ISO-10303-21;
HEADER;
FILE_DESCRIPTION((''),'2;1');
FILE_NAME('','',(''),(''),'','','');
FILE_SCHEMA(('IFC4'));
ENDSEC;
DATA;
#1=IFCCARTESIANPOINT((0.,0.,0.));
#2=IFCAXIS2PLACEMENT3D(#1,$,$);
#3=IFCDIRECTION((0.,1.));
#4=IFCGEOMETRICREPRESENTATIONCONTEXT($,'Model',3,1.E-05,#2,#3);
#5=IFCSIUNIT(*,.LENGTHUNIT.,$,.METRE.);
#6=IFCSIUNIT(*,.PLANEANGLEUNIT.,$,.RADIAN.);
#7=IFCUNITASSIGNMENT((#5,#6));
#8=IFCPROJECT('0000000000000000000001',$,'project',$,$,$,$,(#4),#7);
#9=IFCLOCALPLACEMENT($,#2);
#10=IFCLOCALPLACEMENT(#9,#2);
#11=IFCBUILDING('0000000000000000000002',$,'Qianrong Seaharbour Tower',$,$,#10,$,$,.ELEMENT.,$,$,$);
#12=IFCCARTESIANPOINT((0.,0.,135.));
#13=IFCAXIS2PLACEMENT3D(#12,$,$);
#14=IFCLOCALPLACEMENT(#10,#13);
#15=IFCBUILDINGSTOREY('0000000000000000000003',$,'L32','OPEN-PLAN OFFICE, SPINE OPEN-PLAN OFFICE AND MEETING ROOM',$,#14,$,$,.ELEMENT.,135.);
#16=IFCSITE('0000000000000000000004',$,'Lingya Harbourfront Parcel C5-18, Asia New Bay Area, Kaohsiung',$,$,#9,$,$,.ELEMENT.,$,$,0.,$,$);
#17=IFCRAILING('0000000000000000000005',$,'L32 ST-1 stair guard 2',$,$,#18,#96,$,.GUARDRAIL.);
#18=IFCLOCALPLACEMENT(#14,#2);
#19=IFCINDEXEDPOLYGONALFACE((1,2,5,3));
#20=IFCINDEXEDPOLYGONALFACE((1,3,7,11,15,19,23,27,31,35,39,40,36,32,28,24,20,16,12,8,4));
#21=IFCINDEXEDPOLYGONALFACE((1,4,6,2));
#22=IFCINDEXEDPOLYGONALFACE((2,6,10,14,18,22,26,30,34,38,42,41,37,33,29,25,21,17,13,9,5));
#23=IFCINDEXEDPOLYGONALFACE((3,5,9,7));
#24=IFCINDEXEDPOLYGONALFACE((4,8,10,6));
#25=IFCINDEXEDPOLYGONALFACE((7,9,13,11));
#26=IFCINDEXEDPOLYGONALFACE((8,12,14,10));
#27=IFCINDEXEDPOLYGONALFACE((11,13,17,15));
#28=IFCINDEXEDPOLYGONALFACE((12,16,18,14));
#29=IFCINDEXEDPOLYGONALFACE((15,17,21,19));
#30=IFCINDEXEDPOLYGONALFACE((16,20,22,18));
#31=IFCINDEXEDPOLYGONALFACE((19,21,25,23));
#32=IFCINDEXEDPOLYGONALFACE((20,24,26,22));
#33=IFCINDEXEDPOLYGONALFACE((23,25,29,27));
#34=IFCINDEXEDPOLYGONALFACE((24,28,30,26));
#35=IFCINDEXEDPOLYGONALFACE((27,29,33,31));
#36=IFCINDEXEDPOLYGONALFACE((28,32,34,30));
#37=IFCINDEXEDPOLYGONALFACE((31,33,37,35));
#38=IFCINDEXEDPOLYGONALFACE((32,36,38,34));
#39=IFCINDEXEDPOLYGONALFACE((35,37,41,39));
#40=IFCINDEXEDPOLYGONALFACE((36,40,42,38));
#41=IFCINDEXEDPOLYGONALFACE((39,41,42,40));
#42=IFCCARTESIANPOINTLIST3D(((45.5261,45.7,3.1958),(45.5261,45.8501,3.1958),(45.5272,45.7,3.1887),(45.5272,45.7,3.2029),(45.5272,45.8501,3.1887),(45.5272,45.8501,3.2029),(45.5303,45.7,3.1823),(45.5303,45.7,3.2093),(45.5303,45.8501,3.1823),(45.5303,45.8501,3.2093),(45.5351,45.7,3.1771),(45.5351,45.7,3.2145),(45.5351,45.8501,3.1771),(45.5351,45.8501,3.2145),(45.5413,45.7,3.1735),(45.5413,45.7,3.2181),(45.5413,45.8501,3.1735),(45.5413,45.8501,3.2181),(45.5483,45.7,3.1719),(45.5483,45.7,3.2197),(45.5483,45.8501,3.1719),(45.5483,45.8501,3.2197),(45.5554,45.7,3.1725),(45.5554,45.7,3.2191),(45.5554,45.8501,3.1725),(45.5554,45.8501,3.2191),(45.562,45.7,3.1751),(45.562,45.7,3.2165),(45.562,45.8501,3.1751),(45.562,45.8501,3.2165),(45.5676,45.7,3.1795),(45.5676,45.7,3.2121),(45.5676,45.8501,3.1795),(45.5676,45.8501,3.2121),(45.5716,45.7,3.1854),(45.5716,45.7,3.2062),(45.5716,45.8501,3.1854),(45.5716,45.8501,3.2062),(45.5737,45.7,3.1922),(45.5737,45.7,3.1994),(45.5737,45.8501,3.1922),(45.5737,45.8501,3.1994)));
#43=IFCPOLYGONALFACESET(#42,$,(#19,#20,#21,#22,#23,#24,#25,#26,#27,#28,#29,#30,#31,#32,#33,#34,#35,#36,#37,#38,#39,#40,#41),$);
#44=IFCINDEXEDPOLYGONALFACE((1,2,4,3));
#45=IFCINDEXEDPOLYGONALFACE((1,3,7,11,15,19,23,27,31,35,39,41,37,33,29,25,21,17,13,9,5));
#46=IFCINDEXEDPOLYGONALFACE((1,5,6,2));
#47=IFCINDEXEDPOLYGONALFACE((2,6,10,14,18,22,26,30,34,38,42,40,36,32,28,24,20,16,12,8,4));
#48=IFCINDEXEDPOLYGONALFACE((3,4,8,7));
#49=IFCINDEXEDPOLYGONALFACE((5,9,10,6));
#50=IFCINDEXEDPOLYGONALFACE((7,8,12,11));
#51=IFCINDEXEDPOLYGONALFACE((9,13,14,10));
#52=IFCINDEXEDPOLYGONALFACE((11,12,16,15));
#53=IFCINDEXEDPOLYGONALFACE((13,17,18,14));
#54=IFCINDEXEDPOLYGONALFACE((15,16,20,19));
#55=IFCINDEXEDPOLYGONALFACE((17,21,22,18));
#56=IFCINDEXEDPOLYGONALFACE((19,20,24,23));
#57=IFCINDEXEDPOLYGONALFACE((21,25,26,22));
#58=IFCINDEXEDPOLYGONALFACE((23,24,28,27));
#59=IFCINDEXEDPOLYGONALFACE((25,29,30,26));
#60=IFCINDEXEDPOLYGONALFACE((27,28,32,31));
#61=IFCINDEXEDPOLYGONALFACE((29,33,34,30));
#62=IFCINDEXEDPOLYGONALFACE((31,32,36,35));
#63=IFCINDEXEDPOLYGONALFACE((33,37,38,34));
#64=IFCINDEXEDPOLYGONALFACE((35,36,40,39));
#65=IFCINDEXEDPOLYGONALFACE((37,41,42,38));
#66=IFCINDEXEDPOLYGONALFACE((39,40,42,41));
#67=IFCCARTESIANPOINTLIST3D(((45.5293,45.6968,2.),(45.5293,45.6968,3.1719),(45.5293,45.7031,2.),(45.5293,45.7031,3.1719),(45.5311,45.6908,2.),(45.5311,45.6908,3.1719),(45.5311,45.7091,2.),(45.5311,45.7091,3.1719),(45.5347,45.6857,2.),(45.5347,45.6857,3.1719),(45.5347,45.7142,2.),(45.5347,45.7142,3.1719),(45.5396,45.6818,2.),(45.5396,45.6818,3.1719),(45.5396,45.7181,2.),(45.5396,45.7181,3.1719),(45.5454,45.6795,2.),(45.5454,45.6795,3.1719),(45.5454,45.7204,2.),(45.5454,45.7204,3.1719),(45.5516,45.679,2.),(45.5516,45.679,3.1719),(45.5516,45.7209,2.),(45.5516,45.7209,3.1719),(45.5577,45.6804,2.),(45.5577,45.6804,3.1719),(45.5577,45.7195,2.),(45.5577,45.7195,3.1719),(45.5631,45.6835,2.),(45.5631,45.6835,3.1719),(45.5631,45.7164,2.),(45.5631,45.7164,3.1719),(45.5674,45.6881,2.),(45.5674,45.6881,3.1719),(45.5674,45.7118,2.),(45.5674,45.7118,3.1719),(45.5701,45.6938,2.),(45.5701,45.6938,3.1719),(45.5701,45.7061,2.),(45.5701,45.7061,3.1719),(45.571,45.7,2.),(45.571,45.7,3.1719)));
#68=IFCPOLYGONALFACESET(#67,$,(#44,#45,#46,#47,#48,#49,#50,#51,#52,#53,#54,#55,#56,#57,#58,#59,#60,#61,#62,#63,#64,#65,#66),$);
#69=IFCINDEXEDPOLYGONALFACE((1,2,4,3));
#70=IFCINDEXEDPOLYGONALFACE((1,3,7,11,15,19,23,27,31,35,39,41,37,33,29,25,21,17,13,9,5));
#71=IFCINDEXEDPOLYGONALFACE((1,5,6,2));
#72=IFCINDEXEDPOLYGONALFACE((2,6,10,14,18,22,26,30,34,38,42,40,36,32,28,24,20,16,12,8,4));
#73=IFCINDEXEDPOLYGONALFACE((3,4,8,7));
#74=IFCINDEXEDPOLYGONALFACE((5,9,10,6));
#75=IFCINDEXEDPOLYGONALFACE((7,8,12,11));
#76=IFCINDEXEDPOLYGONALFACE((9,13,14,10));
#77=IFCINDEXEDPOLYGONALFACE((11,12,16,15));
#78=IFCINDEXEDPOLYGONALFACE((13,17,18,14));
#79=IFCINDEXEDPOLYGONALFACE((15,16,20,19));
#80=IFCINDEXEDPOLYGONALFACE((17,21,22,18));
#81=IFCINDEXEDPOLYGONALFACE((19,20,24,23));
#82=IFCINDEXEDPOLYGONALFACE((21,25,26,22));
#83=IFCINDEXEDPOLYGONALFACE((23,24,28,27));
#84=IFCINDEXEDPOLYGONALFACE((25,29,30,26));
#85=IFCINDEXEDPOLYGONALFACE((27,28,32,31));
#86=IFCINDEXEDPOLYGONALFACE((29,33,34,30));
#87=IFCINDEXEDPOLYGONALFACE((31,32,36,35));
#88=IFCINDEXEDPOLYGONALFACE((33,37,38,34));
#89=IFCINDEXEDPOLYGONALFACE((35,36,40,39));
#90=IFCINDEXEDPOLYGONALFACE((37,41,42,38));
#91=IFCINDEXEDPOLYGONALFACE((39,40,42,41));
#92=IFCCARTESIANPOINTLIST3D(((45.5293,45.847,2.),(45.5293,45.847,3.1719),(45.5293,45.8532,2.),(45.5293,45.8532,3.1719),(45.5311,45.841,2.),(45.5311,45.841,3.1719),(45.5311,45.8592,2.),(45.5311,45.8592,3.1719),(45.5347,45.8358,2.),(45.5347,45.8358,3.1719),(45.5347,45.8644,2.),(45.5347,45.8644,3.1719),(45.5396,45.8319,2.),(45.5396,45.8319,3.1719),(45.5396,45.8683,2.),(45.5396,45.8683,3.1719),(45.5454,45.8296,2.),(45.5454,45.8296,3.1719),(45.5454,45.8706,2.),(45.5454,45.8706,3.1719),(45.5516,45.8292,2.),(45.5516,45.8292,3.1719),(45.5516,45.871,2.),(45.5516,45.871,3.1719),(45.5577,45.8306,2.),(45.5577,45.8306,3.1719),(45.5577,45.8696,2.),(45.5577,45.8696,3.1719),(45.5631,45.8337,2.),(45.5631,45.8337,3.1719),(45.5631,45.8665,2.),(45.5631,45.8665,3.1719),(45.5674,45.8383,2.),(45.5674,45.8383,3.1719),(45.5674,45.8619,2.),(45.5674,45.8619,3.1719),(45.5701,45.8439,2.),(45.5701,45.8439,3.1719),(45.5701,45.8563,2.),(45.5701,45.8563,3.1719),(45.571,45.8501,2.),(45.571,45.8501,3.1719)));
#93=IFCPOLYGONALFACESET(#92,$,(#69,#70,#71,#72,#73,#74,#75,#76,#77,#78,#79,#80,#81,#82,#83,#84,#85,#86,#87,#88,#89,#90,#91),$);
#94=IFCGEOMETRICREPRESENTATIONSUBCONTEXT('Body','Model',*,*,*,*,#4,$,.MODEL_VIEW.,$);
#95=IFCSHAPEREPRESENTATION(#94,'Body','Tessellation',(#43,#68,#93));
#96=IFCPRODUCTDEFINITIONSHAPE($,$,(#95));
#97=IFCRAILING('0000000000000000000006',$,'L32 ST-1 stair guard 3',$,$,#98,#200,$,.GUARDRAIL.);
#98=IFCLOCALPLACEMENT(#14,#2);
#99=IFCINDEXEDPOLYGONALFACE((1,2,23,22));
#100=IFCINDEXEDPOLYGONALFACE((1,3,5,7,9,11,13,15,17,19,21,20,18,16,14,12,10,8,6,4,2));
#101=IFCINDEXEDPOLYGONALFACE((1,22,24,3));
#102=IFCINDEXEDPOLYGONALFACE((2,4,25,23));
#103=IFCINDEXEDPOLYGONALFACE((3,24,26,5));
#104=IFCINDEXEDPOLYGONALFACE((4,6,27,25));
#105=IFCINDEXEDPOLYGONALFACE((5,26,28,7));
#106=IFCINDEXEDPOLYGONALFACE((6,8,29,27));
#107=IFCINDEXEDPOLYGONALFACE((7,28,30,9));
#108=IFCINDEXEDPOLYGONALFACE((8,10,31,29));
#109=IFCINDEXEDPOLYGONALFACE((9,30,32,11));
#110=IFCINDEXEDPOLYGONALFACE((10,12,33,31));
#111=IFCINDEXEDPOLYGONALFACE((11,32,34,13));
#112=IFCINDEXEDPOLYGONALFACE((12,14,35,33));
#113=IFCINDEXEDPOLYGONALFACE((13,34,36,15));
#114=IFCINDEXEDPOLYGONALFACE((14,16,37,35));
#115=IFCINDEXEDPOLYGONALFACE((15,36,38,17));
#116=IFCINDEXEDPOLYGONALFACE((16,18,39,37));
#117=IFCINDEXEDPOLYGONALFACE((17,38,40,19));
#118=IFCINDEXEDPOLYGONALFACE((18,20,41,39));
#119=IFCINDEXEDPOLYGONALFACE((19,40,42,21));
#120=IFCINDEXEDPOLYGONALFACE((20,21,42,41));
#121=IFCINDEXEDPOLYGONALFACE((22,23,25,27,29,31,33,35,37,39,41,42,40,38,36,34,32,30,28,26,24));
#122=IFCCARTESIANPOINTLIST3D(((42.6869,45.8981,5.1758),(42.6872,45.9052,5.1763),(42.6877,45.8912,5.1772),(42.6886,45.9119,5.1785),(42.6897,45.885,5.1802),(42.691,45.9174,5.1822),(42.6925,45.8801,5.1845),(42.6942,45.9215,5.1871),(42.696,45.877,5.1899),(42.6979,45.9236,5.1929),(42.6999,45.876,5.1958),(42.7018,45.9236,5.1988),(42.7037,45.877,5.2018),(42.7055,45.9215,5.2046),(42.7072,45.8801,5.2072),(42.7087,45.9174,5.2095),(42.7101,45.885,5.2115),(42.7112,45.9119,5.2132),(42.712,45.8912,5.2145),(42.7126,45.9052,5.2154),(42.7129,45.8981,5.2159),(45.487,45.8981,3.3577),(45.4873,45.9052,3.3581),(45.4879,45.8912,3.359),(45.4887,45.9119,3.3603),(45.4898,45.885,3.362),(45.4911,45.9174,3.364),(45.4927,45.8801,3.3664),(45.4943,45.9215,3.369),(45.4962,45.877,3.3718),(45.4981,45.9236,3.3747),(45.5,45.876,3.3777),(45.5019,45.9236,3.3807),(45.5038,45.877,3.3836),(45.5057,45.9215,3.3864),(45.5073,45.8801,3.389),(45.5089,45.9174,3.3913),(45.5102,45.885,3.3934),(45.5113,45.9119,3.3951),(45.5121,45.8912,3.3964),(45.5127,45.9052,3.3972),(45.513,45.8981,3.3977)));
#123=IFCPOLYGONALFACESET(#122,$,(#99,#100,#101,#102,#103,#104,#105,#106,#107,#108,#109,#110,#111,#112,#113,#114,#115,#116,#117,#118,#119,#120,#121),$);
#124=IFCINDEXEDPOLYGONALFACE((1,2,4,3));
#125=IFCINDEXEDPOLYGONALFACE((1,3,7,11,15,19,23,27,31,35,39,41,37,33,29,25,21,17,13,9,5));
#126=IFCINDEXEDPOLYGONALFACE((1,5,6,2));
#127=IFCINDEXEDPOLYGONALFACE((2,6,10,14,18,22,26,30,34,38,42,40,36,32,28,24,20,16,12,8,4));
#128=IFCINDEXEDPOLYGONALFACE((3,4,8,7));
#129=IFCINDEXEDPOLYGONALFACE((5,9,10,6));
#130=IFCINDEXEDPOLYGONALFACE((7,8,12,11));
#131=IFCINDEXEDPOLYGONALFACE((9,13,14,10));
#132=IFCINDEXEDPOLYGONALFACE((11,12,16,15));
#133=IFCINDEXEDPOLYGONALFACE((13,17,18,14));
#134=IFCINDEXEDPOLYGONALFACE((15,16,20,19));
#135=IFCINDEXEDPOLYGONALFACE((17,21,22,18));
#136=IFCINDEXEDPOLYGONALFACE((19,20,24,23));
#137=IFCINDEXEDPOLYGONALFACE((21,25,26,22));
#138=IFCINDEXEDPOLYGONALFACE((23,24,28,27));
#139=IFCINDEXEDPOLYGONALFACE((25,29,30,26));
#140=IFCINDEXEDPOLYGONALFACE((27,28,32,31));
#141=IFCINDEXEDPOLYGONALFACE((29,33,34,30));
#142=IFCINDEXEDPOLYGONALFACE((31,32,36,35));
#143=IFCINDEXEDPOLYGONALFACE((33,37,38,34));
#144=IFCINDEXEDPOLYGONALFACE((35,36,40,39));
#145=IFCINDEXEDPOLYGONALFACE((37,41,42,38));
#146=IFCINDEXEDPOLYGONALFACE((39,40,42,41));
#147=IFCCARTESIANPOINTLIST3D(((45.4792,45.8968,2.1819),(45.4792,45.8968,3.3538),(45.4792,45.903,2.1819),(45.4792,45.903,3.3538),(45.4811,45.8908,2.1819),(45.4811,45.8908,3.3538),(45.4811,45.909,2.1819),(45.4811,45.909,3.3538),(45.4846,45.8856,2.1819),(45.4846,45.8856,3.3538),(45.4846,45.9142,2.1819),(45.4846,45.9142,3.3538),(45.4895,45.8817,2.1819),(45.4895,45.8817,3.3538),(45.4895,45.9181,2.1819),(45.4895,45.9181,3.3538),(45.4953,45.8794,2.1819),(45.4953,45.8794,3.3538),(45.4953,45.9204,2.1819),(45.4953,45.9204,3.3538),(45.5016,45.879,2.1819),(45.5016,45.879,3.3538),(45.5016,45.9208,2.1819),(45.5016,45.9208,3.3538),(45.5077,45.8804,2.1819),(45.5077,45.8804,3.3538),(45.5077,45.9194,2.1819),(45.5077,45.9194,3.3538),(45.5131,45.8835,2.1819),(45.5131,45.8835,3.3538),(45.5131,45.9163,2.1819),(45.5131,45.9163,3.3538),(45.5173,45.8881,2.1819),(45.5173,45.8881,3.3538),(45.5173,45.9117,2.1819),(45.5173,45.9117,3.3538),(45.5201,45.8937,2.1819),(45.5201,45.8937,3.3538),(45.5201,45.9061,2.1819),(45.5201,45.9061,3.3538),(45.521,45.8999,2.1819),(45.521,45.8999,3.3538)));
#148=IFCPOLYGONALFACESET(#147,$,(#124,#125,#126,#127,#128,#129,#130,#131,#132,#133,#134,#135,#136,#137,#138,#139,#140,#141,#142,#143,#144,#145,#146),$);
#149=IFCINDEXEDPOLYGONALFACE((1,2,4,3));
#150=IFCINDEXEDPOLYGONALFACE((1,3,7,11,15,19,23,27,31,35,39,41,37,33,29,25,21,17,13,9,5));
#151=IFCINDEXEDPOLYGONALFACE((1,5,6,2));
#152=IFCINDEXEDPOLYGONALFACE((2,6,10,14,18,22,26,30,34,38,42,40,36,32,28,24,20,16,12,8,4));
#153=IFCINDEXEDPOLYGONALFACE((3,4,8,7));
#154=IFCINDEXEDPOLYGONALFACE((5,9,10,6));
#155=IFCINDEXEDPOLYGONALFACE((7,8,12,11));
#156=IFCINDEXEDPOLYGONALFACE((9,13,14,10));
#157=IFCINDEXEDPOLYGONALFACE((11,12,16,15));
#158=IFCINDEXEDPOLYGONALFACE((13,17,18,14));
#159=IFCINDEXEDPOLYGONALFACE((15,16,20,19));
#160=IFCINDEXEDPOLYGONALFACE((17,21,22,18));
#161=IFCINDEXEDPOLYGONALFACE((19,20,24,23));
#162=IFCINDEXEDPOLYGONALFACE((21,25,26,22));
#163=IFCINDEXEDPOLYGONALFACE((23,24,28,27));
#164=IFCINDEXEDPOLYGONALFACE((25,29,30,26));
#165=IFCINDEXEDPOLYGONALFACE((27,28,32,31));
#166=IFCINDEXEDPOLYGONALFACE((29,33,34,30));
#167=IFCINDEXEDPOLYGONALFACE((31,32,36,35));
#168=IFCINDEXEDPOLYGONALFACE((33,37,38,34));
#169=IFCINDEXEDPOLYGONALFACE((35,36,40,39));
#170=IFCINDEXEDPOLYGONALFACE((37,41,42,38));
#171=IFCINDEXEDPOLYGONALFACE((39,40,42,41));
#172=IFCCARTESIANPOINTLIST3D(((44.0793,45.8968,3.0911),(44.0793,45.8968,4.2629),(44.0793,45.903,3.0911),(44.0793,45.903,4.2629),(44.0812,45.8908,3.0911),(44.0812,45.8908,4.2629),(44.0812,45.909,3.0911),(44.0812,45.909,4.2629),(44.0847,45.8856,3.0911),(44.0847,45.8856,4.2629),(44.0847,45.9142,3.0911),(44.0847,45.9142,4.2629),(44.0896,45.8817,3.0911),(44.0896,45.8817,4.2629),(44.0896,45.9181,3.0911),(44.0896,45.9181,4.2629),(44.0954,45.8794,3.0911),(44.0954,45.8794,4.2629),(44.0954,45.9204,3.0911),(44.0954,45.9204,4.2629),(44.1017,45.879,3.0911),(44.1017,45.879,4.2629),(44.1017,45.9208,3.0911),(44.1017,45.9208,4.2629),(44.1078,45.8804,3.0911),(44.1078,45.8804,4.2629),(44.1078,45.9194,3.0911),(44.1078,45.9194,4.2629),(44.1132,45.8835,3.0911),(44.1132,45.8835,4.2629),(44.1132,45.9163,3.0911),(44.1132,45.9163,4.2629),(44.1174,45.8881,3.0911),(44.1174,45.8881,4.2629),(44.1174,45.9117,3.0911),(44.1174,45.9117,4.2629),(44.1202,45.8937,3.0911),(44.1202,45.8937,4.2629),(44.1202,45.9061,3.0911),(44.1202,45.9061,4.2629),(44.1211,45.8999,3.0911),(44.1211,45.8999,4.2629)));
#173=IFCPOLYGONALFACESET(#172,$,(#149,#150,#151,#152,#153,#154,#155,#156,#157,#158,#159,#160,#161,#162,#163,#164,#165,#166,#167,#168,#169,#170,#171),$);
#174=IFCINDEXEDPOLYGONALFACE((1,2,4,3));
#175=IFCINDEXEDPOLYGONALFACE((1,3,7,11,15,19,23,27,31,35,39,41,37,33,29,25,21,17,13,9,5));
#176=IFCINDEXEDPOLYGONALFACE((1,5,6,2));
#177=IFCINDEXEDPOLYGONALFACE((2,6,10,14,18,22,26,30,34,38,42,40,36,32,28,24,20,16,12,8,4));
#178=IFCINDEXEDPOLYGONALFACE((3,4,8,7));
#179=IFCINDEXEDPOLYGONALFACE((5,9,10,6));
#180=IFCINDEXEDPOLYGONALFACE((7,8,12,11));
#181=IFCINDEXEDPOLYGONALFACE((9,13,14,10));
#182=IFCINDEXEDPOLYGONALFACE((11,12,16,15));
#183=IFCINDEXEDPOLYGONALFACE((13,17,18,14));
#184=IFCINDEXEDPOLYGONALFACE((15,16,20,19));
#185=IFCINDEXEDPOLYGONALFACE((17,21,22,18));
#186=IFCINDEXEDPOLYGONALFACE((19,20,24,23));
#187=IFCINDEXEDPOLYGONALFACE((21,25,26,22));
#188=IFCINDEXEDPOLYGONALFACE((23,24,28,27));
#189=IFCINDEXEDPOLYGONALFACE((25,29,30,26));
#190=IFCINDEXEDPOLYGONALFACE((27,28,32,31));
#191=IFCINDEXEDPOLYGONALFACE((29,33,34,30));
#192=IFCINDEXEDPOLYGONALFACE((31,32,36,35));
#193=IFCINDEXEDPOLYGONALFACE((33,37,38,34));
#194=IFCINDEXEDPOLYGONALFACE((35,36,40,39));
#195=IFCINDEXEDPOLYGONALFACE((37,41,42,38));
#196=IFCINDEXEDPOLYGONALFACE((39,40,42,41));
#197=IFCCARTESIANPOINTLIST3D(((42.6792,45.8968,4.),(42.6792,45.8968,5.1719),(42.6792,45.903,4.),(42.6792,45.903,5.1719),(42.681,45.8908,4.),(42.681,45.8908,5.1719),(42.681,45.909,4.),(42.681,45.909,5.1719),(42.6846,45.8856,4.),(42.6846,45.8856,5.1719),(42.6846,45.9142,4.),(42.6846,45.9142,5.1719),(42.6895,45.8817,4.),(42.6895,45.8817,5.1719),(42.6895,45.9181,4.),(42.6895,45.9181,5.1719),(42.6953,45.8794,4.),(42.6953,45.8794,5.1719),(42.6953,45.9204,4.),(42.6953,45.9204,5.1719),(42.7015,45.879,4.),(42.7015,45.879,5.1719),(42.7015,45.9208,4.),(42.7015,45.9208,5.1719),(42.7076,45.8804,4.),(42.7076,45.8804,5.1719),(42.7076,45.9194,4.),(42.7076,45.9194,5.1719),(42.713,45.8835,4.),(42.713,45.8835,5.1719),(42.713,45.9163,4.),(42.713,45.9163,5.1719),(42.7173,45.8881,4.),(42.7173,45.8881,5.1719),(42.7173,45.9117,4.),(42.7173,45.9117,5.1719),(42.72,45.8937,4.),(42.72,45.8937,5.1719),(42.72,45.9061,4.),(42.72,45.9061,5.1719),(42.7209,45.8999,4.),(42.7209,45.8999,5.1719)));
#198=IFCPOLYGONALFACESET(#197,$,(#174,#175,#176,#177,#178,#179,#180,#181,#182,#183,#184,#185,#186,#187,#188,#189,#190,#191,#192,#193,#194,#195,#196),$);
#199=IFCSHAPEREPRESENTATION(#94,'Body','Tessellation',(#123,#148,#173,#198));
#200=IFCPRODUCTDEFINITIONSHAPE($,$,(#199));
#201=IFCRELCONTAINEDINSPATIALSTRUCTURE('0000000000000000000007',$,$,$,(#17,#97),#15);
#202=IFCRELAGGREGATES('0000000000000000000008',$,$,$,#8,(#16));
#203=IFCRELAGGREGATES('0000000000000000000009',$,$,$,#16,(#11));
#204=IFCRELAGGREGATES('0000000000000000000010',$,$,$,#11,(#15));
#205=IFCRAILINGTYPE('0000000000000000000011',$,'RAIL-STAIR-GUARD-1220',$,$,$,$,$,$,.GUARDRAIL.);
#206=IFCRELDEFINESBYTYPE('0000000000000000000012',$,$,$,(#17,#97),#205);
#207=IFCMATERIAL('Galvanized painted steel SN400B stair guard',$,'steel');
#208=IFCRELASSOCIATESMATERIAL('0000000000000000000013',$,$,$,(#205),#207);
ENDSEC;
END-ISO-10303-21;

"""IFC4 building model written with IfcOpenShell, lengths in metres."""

from ifc_helpers import new_model, si_unit, direction, frame, origin, origin_2d, place, context, subcontext, project, spatial, circle, extrude, material, type_object, element, save


model = new_model("IFC4")

# Units and contexts
model_context = context("Model", 3, precision=1e-05, world=origin(), true_north=direction((0.0, 1.0)))
body_context = subcontext(model_context, "Body", "Model", "MODEL_VIEW")
ifc_project = project(units=[si_unit("LENGTHUNIT", "METRE"), si_unit("PLANEANGLEUNIT", "RADIAN")], contexts=[model_context])

# Site, building, storey
site_placement = place(None, origin())
site = spatial("IfcSite", under=ifc_project, at=site_placement, Name="Lingya Harbourfront Parcel C5-18, Asia New Bay Area, Kaohsiung", CompositionType="ELEMENT", RefElevation=0.0)
building_placement = place(site_placement, origin())
building = spatial("IfcBuilding", under=site, at=building_placement, Name="Qianrong Seaharbour Tower", CompositionType="ELEMENT")
storey_placement = place(building_placement, frame((0.0, 0.0, 135.0)))
storey = spatial("IfcBuildingStorey", under=building, at=storey_placement, Name="L32", Description="OPEN-PLAN OFFICE, SPINE OPEN-PLAN OFFICE AND MEETING ROOM", CompositionType="ELEMENT", Elevation=135.0)

# Railings
ifc_material_1 = material(Name="Galvanized painted steel SN400B stair guard", Category="steel")
railing_type_1 = type_object("IfcRailingType", Name="RAIL-STAIR-GUARD-1220", PredefinedType="GUARDRAIL", material=ifc_material_1)
railing_1_placement = place(storey_placement, frame((45.55, 45.7, 2.0)))
element("IfcRailing", 1, at=railing_1_placement, inside=storey, type_object=railing_type_1, Name="L32 ST-1 stair guard 2", PredefinedType="GUARDRAIL", context=body_context, shape_type="SweptSolid", body=[
    extrude(circle(Radius=0.0239, at=origin_2d()), frame((0.0, 0.0, 1.1958), z_axis=(0.0, 1.0, 0.0), x_axis=(-1.0, 0.0, 0.0)), (0.0, 0.0, 1.0), 0.1501),
    extrude(circle(Radius=0.021, at=origin_2d()), origin(), (0.0, 0.0, 1.0), 1.1719),
    extrude(circle(Radius=0.021, at=origin_2d()), frame((0.0, 0.1501, 0.0)), (0.0, 0.0, 1.0), 1.1719),
])
railing_2_placement = place(storey_placement, frame((45.5, 45.8999, 2.1819)))
element("IfcRailing", 2, at=railing_2_placement, inside=storey, type_object=railing_type_1, Name="L32 ST-1 stair guard 3", PredefinedType="GUARDRAIL", context=body_context, shape_type="SweptSolid", body=[
    extrude(circle(Radius=0.0239, at=origin_2d()), frame((0.0, 0.0, 1.1958), z_axis=(-0.838706, 0.0, 0.544585), x_axis=(0.0, -1.0, 0.0)), (0.0, 0.0, 1.0), 3.3386),
    extrude(circle(Radius=0.021, at=origin_2d()), origin(), (0.0, 0.0, 1.0), 1.1719),
    extrude(circle(Radius=0.021, at=origin_2d()), frame((-1.3999, 0.0, 0.9092)), (0.0, 0.0, 1.0), 1.1719),
    extrude(circle(Radius=0.021, at=origin_2d()), frame((-2.8, 0.0, 1.8181)), (0.0, 0.0, 1.0), 1.1719),
])

save(model, "model.ifc")
